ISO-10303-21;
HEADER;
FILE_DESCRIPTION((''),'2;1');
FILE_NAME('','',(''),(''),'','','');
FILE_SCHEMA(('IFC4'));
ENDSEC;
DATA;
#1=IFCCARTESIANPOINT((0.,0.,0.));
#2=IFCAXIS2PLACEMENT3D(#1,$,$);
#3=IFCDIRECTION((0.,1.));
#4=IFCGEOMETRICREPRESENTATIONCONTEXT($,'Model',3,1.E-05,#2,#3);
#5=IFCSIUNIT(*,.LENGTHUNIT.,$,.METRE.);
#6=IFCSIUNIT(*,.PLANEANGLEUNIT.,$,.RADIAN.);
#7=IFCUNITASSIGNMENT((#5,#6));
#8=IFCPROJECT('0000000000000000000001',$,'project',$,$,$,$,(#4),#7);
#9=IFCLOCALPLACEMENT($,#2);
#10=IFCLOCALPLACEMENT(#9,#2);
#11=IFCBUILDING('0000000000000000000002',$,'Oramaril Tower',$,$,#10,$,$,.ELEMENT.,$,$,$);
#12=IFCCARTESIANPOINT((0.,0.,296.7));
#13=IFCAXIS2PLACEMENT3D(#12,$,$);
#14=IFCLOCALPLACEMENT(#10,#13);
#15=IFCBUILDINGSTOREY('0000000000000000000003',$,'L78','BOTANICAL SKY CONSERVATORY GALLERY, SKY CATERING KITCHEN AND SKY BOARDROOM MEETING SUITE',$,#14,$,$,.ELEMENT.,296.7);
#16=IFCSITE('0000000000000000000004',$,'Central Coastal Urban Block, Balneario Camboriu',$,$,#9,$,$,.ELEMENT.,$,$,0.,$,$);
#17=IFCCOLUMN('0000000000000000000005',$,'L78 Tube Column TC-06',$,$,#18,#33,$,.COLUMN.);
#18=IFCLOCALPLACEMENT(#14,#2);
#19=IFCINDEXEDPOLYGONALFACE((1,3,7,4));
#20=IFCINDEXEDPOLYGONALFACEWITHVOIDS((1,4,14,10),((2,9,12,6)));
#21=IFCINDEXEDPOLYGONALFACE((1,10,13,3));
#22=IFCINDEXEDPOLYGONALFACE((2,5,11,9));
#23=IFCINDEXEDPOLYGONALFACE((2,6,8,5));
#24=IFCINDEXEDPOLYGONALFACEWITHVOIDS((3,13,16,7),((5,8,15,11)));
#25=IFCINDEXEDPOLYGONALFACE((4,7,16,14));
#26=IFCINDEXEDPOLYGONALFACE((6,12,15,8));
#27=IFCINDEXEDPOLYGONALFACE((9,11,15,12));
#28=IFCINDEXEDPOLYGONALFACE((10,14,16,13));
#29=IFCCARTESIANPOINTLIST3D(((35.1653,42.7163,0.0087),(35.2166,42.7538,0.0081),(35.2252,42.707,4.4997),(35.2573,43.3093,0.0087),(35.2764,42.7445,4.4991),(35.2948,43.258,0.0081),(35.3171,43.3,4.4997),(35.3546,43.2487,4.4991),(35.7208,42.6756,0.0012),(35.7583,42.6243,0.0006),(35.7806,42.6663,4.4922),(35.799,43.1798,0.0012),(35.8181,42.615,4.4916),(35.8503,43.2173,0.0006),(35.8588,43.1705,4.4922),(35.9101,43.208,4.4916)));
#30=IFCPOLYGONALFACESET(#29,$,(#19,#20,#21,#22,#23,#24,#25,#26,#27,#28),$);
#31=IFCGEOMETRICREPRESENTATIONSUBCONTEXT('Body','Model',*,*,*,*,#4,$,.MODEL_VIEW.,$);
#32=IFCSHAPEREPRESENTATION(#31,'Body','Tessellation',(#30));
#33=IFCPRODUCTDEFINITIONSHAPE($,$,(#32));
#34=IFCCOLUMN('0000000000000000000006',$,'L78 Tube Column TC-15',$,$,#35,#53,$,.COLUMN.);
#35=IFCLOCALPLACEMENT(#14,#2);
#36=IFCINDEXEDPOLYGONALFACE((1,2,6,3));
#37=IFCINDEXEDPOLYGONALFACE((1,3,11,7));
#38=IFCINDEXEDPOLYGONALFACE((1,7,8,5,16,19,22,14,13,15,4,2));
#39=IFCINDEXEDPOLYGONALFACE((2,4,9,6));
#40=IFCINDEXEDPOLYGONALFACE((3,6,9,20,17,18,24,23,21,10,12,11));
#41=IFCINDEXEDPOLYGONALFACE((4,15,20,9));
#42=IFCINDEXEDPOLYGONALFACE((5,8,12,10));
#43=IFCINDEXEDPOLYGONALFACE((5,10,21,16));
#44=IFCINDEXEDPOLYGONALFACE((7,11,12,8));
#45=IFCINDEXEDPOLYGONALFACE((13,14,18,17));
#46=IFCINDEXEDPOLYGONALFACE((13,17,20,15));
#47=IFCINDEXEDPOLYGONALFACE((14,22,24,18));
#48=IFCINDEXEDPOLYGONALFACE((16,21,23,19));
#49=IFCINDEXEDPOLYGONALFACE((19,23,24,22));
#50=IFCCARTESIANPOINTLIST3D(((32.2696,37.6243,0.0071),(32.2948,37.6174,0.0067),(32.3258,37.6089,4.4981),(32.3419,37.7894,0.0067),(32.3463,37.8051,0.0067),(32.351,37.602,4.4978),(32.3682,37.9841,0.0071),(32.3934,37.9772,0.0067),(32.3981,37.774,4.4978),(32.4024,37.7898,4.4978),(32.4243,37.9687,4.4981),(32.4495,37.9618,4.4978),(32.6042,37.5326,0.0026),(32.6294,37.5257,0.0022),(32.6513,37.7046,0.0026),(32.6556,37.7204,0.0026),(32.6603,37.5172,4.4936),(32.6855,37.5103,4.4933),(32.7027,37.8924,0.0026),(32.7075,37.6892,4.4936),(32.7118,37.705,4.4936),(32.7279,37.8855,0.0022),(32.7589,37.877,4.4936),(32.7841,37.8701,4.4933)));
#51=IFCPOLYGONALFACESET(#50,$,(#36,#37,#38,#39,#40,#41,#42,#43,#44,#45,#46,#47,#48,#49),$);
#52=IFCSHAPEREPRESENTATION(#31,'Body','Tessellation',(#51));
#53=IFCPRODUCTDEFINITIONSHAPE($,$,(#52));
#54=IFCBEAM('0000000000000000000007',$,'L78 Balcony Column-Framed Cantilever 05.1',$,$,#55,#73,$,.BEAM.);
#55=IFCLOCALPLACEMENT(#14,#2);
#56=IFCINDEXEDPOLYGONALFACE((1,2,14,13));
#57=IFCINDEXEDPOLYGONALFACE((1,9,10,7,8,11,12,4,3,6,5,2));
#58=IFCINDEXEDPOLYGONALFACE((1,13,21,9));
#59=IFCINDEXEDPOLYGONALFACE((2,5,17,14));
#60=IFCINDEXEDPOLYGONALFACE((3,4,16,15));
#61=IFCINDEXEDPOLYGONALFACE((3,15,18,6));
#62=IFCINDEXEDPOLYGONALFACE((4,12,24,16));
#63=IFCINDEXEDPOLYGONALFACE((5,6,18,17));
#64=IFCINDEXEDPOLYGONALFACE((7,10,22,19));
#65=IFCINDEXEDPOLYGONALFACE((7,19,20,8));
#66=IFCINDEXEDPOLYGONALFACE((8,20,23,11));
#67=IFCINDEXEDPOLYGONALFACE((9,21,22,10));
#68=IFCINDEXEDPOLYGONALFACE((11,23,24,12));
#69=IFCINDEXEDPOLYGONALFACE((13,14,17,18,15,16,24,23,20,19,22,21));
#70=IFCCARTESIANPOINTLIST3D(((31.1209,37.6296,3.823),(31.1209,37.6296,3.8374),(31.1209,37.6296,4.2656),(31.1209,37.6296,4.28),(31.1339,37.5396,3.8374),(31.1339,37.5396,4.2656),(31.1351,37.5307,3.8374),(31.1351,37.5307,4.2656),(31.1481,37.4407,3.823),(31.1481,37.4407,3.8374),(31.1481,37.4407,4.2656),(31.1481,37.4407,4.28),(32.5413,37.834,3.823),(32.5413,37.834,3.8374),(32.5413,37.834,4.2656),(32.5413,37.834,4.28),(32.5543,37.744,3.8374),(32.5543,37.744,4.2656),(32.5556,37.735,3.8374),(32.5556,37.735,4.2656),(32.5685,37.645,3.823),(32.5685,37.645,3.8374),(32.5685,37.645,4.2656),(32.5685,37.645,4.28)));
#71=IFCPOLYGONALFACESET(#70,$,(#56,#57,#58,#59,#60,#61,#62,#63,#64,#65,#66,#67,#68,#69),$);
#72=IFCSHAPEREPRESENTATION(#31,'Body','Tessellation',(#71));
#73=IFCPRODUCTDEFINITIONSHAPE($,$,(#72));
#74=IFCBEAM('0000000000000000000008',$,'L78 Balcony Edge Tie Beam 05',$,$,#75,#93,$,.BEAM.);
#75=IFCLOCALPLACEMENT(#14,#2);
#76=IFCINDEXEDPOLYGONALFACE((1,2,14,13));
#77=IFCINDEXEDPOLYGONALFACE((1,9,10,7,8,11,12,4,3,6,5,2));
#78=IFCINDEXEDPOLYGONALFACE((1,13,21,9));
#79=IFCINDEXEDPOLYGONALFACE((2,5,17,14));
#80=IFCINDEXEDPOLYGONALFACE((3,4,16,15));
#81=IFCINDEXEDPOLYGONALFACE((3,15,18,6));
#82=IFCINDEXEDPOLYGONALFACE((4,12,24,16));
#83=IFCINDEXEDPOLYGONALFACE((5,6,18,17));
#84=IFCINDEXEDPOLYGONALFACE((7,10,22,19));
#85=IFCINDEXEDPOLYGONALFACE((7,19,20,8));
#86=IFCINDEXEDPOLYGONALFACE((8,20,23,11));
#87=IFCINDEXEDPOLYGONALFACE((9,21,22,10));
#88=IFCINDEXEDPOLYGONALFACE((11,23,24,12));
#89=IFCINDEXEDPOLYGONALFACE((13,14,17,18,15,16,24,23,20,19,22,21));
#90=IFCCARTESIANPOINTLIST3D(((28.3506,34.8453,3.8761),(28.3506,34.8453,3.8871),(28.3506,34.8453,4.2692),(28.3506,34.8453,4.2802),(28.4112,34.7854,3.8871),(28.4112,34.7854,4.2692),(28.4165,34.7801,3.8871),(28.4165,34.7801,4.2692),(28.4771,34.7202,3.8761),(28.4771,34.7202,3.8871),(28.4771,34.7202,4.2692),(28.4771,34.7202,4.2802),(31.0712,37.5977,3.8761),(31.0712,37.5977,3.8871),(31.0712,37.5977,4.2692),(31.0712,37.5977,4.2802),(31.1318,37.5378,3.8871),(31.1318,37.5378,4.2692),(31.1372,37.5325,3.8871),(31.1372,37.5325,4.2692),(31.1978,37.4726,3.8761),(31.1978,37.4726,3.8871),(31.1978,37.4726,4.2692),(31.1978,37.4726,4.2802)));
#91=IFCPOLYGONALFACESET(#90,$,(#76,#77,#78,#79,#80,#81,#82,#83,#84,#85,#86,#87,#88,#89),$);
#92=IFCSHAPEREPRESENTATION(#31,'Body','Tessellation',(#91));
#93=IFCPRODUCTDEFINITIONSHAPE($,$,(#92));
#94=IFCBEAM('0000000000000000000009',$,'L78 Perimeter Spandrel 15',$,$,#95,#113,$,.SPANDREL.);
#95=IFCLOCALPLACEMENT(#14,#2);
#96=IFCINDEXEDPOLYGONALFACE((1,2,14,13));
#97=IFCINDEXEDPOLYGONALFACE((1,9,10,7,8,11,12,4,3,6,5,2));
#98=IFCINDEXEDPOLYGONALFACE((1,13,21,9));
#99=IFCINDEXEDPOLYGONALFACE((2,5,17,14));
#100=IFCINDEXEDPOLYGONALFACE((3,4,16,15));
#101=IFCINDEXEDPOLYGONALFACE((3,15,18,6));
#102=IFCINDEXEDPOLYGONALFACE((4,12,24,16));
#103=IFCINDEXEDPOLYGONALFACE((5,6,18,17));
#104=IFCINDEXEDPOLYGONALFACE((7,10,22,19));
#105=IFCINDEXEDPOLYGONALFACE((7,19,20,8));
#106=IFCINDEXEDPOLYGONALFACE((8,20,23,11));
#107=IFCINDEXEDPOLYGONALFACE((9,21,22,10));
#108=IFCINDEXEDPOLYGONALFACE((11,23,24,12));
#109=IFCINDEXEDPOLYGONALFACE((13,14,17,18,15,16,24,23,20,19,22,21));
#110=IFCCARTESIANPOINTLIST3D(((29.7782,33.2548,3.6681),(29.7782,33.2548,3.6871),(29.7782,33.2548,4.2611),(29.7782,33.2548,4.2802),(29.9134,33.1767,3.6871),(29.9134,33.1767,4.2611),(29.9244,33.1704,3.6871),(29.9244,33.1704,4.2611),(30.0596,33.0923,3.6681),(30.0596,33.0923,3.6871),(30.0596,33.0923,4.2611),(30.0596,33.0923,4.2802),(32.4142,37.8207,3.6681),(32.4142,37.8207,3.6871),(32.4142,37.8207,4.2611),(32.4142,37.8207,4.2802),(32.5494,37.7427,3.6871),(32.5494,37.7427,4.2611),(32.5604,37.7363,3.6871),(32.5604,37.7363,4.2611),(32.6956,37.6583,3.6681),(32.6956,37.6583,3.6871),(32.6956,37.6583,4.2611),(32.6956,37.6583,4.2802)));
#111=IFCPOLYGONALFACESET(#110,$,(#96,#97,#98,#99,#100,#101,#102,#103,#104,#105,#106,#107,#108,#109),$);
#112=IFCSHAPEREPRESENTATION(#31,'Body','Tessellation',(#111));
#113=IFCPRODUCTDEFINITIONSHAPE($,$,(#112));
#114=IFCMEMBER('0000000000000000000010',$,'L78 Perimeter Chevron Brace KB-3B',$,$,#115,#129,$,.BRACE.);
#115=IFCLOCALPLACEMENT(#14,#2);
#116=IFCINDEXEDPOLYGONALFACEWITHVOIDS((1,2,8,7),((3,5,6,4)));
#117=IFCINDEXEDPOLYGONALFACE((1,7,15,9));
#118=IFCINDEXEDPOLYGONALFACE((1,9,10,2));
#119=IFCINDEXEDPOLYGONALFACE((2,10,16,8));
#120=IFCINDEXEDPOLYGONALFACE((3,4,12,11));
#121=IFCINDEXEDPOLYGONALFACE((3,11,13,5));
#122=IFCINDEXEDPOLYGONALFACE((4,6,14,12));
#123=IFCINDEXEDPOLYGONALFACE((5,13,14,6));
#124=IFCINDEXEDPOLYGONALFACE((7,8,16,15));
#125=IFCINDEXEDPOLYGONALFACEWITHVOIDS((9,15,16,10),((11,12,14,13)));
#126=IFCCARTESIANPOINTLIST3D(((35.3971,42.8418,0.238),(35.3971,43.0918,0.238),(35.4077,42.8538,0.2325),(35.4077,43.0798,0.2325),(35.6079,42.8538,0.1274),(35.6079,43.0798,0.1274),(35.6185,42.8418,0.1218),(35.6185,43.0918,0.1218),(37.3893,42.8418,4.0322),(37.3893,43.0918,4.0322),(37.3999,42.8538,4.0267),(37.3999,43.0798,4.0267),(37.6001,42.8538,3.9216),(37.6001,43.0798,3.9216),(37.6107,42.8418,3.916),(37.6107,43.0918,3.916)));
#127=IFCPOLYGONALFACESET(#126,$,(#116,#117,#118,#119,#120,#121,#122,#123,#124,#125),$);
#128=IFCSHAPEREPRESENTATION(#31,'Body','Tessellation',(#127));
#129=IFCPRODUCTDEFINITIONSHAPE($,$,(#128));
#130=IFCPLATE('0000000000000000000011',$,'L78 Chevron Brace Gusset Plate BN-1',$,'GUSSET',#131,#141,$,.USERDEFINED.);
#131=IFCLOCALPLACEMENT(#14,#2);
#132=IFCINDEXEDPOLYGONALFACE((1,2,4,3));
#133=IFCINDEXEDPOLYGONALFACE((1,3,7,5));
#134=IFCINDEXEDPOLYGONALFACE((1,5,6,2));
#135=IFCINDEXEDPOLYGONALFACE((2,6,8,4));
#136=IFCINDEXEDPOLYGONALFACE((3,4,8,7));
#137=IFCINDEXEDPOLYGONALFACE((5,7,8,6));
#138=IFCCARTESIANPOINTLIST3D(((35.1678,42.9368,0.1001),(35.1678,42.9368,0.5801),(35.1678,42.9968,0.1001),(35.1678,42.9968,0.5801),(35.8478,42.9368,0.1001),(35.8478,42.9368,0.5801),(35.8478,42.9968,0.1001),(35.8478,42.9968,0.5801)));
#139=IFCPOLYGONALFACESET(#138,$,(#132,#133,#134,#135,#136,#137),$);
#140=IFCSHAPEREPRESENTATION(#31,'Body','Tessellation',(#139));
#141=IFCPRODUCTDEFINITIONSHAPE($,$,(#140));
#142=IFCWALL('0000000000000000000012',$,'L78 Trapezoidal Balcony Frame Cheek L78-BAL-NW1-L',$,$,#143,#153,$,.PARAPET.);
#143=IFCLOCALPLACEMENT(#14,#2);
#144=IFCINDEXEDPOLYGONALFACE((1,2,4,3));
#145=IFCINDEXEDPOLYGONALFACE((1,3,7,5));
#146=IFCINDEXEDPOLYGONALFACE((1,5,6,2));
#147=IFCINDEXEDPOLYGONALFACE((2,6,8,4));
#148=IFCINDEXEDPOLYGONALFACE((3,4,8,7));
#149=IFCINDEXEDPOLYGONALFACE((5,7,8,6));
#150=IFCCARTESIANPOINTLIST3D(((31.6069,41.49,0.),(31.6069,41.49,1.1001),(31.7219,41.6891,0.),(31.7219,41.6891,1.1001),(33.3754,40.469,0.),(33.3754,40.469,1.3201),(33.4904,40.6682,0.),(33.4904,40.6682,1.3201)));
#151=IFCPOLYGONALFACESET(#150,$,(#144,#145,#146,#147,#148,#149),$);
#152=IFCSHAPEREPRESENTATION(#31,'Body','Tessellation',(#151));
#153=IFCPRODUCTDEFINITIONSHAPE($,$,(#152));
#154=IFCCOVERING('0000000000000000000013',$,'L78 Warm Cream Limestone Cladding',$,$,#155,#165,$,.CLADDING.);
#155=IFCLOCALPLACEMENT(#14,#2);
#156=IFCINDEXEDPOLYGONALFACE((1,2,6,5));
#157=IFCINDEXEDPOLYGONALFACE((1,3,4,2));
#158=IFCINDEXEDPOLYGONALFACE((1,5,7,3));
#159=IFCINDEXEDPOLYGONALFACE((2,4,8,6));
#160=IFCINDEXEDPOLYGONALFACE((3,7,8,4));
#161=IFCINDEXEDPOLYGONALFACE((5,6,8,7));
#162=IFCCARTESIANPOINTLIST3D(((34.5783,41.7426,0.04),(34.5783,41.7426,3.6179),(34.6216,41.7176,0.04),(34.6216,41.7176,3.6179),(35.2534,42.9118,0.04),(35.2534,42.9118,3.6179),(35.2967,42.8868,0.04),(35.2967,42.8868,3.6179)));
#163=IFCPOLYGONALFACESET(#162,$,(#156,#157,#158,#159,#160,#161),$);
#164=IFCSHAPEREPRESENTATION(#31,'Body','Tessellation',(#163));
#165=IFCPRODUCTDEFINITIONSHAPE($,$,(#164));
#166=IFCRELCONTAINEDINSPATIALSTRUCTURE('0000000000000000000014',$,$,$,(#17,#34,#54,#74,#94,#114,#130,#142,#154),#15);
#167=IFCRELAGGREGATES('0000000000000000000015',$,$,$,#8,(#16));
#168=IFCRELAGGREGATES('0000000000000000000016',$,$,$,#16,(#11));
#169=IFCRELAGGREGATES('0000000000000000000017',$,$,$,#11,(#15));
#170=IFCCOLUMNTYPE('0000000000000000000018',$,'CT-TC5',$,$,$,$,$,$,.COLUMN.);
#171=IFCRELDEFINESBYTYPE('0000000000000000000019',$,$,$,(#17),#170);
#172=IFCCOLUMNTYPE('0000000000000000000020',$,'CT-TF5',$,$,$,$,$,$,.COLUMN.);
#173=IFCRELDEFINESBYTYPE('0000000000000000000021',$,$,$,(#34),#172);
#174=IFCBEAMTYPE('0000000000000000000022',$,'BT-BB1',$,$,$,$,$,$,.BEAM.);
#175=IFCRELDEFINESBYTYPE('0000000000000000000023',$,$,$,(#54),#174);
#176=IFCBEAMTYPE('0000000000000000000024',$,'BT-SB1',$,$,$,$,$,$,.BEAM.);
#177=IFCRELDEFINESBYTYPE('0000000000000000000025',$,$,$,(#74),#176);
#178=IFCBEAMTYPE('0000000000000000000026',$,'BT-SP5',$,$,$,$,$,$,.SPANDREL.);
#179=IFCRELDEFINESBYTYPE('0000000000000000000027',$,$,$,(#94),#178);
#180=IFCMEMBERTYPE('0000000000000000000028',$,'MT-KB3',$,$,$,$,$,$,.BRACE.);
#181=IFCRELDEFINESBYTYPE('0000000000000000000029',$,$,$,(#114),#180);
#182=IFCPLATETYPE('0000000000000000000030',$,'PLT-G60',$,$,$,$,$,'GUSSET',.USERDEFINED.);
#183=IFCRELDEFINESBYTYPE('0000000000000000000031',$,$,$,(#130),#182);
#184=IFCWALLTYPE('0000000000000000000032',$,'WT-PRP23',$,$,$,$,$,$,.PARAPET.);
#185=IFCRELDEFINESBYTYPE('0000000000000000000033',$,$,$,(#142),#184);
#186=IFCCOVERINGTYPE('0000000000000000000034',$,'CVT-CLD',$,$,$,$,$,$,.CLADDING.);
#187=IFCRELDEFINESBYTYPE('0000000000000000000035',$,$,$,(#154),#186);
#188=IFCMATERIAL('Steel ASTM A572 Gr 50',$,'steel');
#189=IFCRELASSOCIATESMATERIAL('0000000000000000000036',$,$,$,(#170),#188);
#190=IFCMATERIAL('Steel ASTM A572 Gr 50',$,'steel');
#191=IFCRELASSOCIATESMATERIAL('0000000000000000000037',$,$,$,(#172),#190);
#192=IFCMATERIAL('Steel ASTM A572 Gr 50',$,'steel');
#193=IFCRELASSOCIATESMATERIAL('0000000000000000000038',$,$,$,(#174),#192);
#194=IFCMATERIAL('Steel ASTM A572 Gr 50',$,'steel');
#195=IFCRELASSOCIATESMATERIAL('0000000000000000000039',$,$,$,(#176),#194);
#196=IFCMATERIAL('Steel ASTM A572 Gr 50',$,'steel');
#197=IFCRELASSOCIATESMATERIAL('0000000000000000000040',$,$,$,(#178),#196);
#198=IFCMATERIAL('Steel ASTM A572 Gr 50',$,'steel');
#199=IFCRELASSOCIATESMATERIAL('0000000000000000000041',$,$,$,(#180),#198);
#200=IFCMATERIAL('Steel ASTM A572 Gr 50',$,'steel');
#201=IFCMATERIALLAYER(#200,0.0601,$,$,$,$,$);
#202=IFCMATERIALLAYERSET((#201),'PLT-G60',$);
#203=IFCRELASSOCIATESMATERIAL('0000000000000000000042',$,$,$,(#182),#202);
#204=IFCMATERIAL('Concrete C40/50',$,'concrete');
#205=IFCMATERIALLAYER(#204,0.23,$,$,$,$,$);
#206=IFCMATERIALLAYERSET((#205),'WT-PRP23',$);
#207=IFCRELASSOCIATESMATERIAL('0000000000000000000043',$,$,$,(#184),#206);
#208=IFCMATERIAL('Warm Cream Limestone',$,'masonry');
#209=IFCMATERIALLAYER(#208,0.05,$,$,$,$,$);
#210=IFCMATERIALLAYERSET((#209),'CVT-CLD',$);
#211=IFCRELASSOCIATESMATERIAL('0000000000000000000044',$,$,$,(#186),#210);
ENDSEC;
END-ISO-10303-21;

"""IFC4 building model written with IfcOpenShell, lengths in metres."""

from ifc_helpers import new_model, si_unit, direction, frame, origin, origin_2d, place, context, subcontext, project, spatial, polyline, rectangle, hollow_rectangle, i_section, outline, extrude, material, layer, layer_set, material_profile, profile_set, type_object, element, save


model = new_model("IFC4")

# Units and contexts
model_context = context("Model", 3, precision=1e-05, world=origin(), true_north=direction((0.0, 1.0)))
body_context = subcontext(model_context, "Body", "Model", "MODEL_VIEW")
ifc_project = project(units=[si_unit("LENGTHUNIT", "METRE"), si_unit("PLANEANGLEUNIT", "RADIAN")], contexts=[model_context])

# Site, building, storey
site_placement = place(None, origin())
site = spatial("IfcSite", under=ifc_project, at=site_placement, Name="Central Coastal Urban Block, Balneario Camboriu", CompositionType="ELEMENT", RefElevation=0.0)
building_placement = place(site_placement, origin())
building = spatial("IfcBuilding", under=site, at=building_placement, Name="Oramaril Tower", CompositionType="ELEMENT")
storey_placement = place(building_placement, frame((0.0, 0.0, 296.7)))
storey = spatial("IfcBuildingStorey", under=building, at=storey_placement, Name="L78", Description="BOTANICAL SKY CONSERVATORY GALLERY, SKY CATERING KITCHEN AND SKY BOARDROOM MEETING SUITE", CompositionType="ELEMENT", Elevation=296.7)

# Columns
ifc_material_1 = material(Name="Steel ASTM A572 Gr 50", Category="steel")
ifc_material_profile_1 = material_profile(ifc_material_1, hollow_rectangle(XDim=0.6001, YDim=0.6001, WallThickness=0.0449, at=origin_2d()), Name="BOX600X600X45")
ifc_profile_set_1 = profile_set([ifc_material_profile_1], Name="Steel ASTM A572 Gr 50")
column_type_1 = type_object("IfcColumnType", Name="CT-TC5", PredefinedType="COLUMN", material=ifc_profile_set_1)
column_1_placement = place(storey_placement, frame((35.5078, 42.9668, 0.0046), z_axis=(0.013318, -0.002066, 0.999909), x_axis=(0.153269, 0.988184, 0.0)))
element("IfcColumn", 1, at=column_1_placement, inside=storey, type_object=column_type_1, Name="L78 Tube Column TC-06", PredefinedType="COLUMN", context=body_context, shape_type="SweptSolid", body=[
    extrude(hollow_rectangle(XDim=0.6001, YDim=0.6001, WallThickness=0.0449, at=origin_2d()), origin(), (0.0, 0.0, 1.0), 4.4915),
])
ifc_material_2 = material(Name="Steel ASTM A572 Gr 50", Category="steel")
ifc_material_profile_2 = material_profile(ifc_material_2, i_section(OverallWidth=0.373, OverallDepth=0.373, WebThickness=0.0164, FlangeThickness=0.0261, at=origin_2d()), Name="W14X132")
ifc_profile_set_2 = profile_set([ifc_material_profile_2], Name="Steel ASTM A572 Gr 50")
column_type_2 = type_object("IfcColumnType", Name="CT-TF5", PredefinedType="COLUMN", material=ifc_profile_set_2)
column_2_placement = place(storey_placement, frame((32.4988, 37.7549, 0.0046), z_axis=(0.012502, -0.003425, 0.999916), x_axis=(0.264182, 0.964473, 0.0)))
element("IfcColumn", 2, at=column_2_placement, inside=storey, type_object=column_type_2, Name="L78 Tube Column TC-15", PredefinedType="COLUMN", context=body_context, shape_type="SweptSolid", body=[
    extrude(i_section(OverallWidth=0.373, OverallDepth=0.373, WebThickness=0.0164, FlangeThickness=0.0261, at=origin_2d()), origin(), (0.0, 0.0, 1.0), 4.4915),
])

# Beams
ifc_material_3 = material(Name="Steel ASTM A572 Gr 50", Category="steel")
ifc_material_profile_3 = material_profile(ifc_material_3, i_section(OverallWidth=0.1909, OverallDepth=0.457, WebThickness=0.009, FlangeThickness=0.0144, at=origin_2d()), Name="W18X50")
ifc_profile_set_3 = profile_set([ifc_material_profile_3], Name="Steel ASTM A572 Gr 50")
beam_type_1 = type_object("IfcBeamType", Name="BT-BB1", PredefinedType="BEAM", material=ifc_profile_set_3)
beam_1_placement = place(storey_placement, frame((32.5549, 37.7395, 4.0515), z_axis=(-0.98981, -0.142398, 0.0), x_axis=(0.142398, -0.98981, 0.0)))
element("IfcBeam", 3, at=beam_1_placement, inside=storey, type_object=beam_type_1, Name="L78 Balcony Column-Framed Cantilever 05.1", PredefinedType="BEAM", context=body_context, shape_type="SweptSolid", body=[
    extrude(i_section(OverallWidth=0.1909, OverallDepth=0.457, WebThickness=0.009, FlangeThickness=0.0144, at=origin_2d()), origin(), (0.0, 0.0, 1.0), 1.4351),
])
ifc_material_4 = material(Name="Steel ASTM A572 Gr 50", Category="steel")
ifc_material_profile_4 = material_profile(ifc_material_4, i_section(OverallWidth=0.178, OverallDepth=0.4041, WebThickness=0.0076, FlangeThickness=0.011, at=origin_2d()), Name="W16X36")
ifc_profile_set_4 = profile_set([ifc_material_profile_4], Name="Steel ASTM A572 Gr 50")
beam_type_2 = type_object("IfcBeamType", Name="BT-SB1", PredefinedType="BEAM", material=ifc_profile_set_4)
beam_2_placement = place(storey_placement, frame((31.1345, 37.5352, 4.0781), z_axis=(-0.702995, -0.711195, 0.0), x_axis=(0.711195, -0.702995, 0.0)))
element("IfcBeam", 4, at=beam_2_placement, inside=storey, type_object=beam_type_2, Name="L78 Balcony Edge Tie Beam 05", PredefinedType="BEAM", context=body_context, shape_type="SweptSolid", body=[
    extrude(i_section(OverallWidth=0.178, OverallDepth=0.4041, WebThickness=0.0076, FlangeThickness=0.011, at=origin_2d()), origin(), (0.0, 0.0, 1.0), 3.8701),
])
ifc_material_5 = material(Name="Steel ASTM A572 Gr 50", Category="steel")
ifc_material_profile_5 = material_profile(ifc_material_5, i_section(OverallWidth=0.325, OverallDepth=0.6121, WebThickness=0.0127, FlangeThickness=0.019, at=origin_2d()), Name="W24X104")
ifc_profile_set_5 = profile_set([ifc_material_profile_5], Name="Steel ASTM A572 Gr 50")
beam_type_3 = type_object("IfcBeamType", Name="BT-SP5", PredefinedType="SPANDREL", material=ifc_profile_set_5)
beam_3_placement = place(storey_placement, frame((32.5549, 37.7395, 3.9741), z_axis=(-0.499979, -0.866038, 0.0), x_axis=(0.866038, -0.499979, 0.0)))
element("IfcBeam", 5, at=beam_3_placement, inside=storey, type_object=beam_type_3, Name="L78 Perimeter Spandrel 15", PredefinedType="SPANDREL", context=body_context, shape_type="SweptSolid", body=[
    extrude(i_section(OverallWidth=0.325, OverallDepth=0.6121, WebThickness=0.0127, FlangeThickness=0.019, at=origin_2d()), origin(), (0.0, 0.0, 1.0), 5.2722),
])

# Member
ifc_material_6 = material(Name="Steel ASTM A572 Gr 50", Category="steel")
ifc_material_profile_6 = material_profile(ifc_material_6, hollow_rectangle(XDim=0.25, YDim=0.25, WallThickness=0.012, at=origin_2d()), Name="HSS250X250X12")
ifc_profile_set_6 = profile_set([ifc_material_profile_6], Name="Steel ASTM A572 Gr 50")
member_type = type_object("IfcMemberType", Name="MT-KB3", PredefinedType="BRACE", material=ifc_profile_set_6)
member_placement = place(storey_placement, frame((35.5078, 42.9668, 0.1799), z_axis=(0.464877, 0.0, 0.885375), x_axis=(0.0, 1.0, 0.0)))
element("IfcMember", 6, at=member_placement, inside=storey, type_object=member_type, Name="L78 Perimeter Chevron Brace KB-3B", PredefinedType="BRACE", context=body_context, shape_type="SweptSolid", body=[
    extrude(hollow_rectangle(XDim=0.25, YDim=0.25, WallThickness=0.012, at=origin_2d()), origin(), (0.0, 0.0, 1.0), 4.2854),
])

# Plate
ifc_material_7 = material(Name="Steel ASTM A572 Gr 50", Category="steel")
ifc_layer_1 = layer(ifc_material_7, 0.0601)
ifc_layer_set_1 = layer_set([ifc_layer_1], Name="PLT-G60")
plate_type = type_object("IfcPlateType", Name="PLT-G60", ElementType="GUSSET", PredefinedType="USERDEFINED", material=ifc_layer_set_1)
plate_placement = place(storey_placement, frame((35.5078, 42.9668, 0.1001), z_axis=(0.0, 0.0, 1.0), x_axis=(-1.0, 0.0, 0.0)))
element("IfcPlate", 7, at=plate_placement, inside=storey, type_object=plate_type, Name="L78 Chevron Brace Gusset Plate BN-1", ObjectType="GUSSET", PredefinedType="USERDEFINED", context=body_context, shape_type="SweptSolid", body=[
    extrude(rectangle(XDim=0.6799, YDim=0.0601, at=origin_2d()), origin(), (0.0, 0.0, 1.0), 0.48),
])

# Wall
ifc_material_8 = material(Name="Concrete C40/50", Category="concrete")
ifc_layer_2 = layer(ifc_material_8, 0.23)
ifc_layer_set_2 = layer_set([ifc_layer_2], Name="WT-PRP23")
wall_type = type_object("IfcWallType", Name="WT-PRP23", PredefinedType="PARAPET", material=ifc_layer_set_2)
wall_placement = place(storey_placement, frame((33.4329, 40.5686, 0.0), z_axis=(0.0, 0.0, 1.0), x_axis=(-0.866042, 0.499971, 0.0)))
element("IfcWall", 8, at=wall_placement, inside=storey, type_object=wall_type, Name="L78 Trapezoidal Balcony Frame Cheek L78-BAL-NW1-L", PredefinedType="PARAPET", context=body_context, shape_type="SweptSolid", body=[
    extrude(outline(polyline([(0.0, 0.0), (2.042, 0.0), (2.042, 1.1001), (0.0, 1.3201), (0.0, 0.0)])), frame((0.0, 0.115, 0.0), z_axis=(0.0, -1.0, 0.0), x_axis=(1.0, 0.0, 0.0)), (0.0, 0.0, 1.0), 0.23),
])

# Covering
ifc_material_9 = material(Name="Warm Cream Limestone", Category="masonry")
ifc_layer_3 = layer(ifc_material_9, 0.05)
ifc_layer_set_3 = layer_set([ifc_layer_3], Name="CVT-CLD")
covering_type = type_object("IfcCoveringType", Name="CVT-CLD", PredefinedType="CLADDING", material=ifc_layer_set_3)
covering_1_placement = place(storey_placement, frame((34.9375, 42.3147, 0.04), z_axis=(0.0, 0.0, 1.0), x_axis=(-0.5, -0.866025, 0.0)))
element("IfcCovering", 9, at=covering_1_placement, inside=storey, type_object=covering_type, Name="L78 Warm Cream Limestone Cladding", PredefinedType="CLADDING", context=body_context, shape_type="SweptSolid", body=[
    extrude(rectangle(XDim=1.3501, YDim=0.05, at=origin_2d()), origin(), (0.0, 0.0, 1.0), 3.5779),
])

save(model, "model.ifc")
